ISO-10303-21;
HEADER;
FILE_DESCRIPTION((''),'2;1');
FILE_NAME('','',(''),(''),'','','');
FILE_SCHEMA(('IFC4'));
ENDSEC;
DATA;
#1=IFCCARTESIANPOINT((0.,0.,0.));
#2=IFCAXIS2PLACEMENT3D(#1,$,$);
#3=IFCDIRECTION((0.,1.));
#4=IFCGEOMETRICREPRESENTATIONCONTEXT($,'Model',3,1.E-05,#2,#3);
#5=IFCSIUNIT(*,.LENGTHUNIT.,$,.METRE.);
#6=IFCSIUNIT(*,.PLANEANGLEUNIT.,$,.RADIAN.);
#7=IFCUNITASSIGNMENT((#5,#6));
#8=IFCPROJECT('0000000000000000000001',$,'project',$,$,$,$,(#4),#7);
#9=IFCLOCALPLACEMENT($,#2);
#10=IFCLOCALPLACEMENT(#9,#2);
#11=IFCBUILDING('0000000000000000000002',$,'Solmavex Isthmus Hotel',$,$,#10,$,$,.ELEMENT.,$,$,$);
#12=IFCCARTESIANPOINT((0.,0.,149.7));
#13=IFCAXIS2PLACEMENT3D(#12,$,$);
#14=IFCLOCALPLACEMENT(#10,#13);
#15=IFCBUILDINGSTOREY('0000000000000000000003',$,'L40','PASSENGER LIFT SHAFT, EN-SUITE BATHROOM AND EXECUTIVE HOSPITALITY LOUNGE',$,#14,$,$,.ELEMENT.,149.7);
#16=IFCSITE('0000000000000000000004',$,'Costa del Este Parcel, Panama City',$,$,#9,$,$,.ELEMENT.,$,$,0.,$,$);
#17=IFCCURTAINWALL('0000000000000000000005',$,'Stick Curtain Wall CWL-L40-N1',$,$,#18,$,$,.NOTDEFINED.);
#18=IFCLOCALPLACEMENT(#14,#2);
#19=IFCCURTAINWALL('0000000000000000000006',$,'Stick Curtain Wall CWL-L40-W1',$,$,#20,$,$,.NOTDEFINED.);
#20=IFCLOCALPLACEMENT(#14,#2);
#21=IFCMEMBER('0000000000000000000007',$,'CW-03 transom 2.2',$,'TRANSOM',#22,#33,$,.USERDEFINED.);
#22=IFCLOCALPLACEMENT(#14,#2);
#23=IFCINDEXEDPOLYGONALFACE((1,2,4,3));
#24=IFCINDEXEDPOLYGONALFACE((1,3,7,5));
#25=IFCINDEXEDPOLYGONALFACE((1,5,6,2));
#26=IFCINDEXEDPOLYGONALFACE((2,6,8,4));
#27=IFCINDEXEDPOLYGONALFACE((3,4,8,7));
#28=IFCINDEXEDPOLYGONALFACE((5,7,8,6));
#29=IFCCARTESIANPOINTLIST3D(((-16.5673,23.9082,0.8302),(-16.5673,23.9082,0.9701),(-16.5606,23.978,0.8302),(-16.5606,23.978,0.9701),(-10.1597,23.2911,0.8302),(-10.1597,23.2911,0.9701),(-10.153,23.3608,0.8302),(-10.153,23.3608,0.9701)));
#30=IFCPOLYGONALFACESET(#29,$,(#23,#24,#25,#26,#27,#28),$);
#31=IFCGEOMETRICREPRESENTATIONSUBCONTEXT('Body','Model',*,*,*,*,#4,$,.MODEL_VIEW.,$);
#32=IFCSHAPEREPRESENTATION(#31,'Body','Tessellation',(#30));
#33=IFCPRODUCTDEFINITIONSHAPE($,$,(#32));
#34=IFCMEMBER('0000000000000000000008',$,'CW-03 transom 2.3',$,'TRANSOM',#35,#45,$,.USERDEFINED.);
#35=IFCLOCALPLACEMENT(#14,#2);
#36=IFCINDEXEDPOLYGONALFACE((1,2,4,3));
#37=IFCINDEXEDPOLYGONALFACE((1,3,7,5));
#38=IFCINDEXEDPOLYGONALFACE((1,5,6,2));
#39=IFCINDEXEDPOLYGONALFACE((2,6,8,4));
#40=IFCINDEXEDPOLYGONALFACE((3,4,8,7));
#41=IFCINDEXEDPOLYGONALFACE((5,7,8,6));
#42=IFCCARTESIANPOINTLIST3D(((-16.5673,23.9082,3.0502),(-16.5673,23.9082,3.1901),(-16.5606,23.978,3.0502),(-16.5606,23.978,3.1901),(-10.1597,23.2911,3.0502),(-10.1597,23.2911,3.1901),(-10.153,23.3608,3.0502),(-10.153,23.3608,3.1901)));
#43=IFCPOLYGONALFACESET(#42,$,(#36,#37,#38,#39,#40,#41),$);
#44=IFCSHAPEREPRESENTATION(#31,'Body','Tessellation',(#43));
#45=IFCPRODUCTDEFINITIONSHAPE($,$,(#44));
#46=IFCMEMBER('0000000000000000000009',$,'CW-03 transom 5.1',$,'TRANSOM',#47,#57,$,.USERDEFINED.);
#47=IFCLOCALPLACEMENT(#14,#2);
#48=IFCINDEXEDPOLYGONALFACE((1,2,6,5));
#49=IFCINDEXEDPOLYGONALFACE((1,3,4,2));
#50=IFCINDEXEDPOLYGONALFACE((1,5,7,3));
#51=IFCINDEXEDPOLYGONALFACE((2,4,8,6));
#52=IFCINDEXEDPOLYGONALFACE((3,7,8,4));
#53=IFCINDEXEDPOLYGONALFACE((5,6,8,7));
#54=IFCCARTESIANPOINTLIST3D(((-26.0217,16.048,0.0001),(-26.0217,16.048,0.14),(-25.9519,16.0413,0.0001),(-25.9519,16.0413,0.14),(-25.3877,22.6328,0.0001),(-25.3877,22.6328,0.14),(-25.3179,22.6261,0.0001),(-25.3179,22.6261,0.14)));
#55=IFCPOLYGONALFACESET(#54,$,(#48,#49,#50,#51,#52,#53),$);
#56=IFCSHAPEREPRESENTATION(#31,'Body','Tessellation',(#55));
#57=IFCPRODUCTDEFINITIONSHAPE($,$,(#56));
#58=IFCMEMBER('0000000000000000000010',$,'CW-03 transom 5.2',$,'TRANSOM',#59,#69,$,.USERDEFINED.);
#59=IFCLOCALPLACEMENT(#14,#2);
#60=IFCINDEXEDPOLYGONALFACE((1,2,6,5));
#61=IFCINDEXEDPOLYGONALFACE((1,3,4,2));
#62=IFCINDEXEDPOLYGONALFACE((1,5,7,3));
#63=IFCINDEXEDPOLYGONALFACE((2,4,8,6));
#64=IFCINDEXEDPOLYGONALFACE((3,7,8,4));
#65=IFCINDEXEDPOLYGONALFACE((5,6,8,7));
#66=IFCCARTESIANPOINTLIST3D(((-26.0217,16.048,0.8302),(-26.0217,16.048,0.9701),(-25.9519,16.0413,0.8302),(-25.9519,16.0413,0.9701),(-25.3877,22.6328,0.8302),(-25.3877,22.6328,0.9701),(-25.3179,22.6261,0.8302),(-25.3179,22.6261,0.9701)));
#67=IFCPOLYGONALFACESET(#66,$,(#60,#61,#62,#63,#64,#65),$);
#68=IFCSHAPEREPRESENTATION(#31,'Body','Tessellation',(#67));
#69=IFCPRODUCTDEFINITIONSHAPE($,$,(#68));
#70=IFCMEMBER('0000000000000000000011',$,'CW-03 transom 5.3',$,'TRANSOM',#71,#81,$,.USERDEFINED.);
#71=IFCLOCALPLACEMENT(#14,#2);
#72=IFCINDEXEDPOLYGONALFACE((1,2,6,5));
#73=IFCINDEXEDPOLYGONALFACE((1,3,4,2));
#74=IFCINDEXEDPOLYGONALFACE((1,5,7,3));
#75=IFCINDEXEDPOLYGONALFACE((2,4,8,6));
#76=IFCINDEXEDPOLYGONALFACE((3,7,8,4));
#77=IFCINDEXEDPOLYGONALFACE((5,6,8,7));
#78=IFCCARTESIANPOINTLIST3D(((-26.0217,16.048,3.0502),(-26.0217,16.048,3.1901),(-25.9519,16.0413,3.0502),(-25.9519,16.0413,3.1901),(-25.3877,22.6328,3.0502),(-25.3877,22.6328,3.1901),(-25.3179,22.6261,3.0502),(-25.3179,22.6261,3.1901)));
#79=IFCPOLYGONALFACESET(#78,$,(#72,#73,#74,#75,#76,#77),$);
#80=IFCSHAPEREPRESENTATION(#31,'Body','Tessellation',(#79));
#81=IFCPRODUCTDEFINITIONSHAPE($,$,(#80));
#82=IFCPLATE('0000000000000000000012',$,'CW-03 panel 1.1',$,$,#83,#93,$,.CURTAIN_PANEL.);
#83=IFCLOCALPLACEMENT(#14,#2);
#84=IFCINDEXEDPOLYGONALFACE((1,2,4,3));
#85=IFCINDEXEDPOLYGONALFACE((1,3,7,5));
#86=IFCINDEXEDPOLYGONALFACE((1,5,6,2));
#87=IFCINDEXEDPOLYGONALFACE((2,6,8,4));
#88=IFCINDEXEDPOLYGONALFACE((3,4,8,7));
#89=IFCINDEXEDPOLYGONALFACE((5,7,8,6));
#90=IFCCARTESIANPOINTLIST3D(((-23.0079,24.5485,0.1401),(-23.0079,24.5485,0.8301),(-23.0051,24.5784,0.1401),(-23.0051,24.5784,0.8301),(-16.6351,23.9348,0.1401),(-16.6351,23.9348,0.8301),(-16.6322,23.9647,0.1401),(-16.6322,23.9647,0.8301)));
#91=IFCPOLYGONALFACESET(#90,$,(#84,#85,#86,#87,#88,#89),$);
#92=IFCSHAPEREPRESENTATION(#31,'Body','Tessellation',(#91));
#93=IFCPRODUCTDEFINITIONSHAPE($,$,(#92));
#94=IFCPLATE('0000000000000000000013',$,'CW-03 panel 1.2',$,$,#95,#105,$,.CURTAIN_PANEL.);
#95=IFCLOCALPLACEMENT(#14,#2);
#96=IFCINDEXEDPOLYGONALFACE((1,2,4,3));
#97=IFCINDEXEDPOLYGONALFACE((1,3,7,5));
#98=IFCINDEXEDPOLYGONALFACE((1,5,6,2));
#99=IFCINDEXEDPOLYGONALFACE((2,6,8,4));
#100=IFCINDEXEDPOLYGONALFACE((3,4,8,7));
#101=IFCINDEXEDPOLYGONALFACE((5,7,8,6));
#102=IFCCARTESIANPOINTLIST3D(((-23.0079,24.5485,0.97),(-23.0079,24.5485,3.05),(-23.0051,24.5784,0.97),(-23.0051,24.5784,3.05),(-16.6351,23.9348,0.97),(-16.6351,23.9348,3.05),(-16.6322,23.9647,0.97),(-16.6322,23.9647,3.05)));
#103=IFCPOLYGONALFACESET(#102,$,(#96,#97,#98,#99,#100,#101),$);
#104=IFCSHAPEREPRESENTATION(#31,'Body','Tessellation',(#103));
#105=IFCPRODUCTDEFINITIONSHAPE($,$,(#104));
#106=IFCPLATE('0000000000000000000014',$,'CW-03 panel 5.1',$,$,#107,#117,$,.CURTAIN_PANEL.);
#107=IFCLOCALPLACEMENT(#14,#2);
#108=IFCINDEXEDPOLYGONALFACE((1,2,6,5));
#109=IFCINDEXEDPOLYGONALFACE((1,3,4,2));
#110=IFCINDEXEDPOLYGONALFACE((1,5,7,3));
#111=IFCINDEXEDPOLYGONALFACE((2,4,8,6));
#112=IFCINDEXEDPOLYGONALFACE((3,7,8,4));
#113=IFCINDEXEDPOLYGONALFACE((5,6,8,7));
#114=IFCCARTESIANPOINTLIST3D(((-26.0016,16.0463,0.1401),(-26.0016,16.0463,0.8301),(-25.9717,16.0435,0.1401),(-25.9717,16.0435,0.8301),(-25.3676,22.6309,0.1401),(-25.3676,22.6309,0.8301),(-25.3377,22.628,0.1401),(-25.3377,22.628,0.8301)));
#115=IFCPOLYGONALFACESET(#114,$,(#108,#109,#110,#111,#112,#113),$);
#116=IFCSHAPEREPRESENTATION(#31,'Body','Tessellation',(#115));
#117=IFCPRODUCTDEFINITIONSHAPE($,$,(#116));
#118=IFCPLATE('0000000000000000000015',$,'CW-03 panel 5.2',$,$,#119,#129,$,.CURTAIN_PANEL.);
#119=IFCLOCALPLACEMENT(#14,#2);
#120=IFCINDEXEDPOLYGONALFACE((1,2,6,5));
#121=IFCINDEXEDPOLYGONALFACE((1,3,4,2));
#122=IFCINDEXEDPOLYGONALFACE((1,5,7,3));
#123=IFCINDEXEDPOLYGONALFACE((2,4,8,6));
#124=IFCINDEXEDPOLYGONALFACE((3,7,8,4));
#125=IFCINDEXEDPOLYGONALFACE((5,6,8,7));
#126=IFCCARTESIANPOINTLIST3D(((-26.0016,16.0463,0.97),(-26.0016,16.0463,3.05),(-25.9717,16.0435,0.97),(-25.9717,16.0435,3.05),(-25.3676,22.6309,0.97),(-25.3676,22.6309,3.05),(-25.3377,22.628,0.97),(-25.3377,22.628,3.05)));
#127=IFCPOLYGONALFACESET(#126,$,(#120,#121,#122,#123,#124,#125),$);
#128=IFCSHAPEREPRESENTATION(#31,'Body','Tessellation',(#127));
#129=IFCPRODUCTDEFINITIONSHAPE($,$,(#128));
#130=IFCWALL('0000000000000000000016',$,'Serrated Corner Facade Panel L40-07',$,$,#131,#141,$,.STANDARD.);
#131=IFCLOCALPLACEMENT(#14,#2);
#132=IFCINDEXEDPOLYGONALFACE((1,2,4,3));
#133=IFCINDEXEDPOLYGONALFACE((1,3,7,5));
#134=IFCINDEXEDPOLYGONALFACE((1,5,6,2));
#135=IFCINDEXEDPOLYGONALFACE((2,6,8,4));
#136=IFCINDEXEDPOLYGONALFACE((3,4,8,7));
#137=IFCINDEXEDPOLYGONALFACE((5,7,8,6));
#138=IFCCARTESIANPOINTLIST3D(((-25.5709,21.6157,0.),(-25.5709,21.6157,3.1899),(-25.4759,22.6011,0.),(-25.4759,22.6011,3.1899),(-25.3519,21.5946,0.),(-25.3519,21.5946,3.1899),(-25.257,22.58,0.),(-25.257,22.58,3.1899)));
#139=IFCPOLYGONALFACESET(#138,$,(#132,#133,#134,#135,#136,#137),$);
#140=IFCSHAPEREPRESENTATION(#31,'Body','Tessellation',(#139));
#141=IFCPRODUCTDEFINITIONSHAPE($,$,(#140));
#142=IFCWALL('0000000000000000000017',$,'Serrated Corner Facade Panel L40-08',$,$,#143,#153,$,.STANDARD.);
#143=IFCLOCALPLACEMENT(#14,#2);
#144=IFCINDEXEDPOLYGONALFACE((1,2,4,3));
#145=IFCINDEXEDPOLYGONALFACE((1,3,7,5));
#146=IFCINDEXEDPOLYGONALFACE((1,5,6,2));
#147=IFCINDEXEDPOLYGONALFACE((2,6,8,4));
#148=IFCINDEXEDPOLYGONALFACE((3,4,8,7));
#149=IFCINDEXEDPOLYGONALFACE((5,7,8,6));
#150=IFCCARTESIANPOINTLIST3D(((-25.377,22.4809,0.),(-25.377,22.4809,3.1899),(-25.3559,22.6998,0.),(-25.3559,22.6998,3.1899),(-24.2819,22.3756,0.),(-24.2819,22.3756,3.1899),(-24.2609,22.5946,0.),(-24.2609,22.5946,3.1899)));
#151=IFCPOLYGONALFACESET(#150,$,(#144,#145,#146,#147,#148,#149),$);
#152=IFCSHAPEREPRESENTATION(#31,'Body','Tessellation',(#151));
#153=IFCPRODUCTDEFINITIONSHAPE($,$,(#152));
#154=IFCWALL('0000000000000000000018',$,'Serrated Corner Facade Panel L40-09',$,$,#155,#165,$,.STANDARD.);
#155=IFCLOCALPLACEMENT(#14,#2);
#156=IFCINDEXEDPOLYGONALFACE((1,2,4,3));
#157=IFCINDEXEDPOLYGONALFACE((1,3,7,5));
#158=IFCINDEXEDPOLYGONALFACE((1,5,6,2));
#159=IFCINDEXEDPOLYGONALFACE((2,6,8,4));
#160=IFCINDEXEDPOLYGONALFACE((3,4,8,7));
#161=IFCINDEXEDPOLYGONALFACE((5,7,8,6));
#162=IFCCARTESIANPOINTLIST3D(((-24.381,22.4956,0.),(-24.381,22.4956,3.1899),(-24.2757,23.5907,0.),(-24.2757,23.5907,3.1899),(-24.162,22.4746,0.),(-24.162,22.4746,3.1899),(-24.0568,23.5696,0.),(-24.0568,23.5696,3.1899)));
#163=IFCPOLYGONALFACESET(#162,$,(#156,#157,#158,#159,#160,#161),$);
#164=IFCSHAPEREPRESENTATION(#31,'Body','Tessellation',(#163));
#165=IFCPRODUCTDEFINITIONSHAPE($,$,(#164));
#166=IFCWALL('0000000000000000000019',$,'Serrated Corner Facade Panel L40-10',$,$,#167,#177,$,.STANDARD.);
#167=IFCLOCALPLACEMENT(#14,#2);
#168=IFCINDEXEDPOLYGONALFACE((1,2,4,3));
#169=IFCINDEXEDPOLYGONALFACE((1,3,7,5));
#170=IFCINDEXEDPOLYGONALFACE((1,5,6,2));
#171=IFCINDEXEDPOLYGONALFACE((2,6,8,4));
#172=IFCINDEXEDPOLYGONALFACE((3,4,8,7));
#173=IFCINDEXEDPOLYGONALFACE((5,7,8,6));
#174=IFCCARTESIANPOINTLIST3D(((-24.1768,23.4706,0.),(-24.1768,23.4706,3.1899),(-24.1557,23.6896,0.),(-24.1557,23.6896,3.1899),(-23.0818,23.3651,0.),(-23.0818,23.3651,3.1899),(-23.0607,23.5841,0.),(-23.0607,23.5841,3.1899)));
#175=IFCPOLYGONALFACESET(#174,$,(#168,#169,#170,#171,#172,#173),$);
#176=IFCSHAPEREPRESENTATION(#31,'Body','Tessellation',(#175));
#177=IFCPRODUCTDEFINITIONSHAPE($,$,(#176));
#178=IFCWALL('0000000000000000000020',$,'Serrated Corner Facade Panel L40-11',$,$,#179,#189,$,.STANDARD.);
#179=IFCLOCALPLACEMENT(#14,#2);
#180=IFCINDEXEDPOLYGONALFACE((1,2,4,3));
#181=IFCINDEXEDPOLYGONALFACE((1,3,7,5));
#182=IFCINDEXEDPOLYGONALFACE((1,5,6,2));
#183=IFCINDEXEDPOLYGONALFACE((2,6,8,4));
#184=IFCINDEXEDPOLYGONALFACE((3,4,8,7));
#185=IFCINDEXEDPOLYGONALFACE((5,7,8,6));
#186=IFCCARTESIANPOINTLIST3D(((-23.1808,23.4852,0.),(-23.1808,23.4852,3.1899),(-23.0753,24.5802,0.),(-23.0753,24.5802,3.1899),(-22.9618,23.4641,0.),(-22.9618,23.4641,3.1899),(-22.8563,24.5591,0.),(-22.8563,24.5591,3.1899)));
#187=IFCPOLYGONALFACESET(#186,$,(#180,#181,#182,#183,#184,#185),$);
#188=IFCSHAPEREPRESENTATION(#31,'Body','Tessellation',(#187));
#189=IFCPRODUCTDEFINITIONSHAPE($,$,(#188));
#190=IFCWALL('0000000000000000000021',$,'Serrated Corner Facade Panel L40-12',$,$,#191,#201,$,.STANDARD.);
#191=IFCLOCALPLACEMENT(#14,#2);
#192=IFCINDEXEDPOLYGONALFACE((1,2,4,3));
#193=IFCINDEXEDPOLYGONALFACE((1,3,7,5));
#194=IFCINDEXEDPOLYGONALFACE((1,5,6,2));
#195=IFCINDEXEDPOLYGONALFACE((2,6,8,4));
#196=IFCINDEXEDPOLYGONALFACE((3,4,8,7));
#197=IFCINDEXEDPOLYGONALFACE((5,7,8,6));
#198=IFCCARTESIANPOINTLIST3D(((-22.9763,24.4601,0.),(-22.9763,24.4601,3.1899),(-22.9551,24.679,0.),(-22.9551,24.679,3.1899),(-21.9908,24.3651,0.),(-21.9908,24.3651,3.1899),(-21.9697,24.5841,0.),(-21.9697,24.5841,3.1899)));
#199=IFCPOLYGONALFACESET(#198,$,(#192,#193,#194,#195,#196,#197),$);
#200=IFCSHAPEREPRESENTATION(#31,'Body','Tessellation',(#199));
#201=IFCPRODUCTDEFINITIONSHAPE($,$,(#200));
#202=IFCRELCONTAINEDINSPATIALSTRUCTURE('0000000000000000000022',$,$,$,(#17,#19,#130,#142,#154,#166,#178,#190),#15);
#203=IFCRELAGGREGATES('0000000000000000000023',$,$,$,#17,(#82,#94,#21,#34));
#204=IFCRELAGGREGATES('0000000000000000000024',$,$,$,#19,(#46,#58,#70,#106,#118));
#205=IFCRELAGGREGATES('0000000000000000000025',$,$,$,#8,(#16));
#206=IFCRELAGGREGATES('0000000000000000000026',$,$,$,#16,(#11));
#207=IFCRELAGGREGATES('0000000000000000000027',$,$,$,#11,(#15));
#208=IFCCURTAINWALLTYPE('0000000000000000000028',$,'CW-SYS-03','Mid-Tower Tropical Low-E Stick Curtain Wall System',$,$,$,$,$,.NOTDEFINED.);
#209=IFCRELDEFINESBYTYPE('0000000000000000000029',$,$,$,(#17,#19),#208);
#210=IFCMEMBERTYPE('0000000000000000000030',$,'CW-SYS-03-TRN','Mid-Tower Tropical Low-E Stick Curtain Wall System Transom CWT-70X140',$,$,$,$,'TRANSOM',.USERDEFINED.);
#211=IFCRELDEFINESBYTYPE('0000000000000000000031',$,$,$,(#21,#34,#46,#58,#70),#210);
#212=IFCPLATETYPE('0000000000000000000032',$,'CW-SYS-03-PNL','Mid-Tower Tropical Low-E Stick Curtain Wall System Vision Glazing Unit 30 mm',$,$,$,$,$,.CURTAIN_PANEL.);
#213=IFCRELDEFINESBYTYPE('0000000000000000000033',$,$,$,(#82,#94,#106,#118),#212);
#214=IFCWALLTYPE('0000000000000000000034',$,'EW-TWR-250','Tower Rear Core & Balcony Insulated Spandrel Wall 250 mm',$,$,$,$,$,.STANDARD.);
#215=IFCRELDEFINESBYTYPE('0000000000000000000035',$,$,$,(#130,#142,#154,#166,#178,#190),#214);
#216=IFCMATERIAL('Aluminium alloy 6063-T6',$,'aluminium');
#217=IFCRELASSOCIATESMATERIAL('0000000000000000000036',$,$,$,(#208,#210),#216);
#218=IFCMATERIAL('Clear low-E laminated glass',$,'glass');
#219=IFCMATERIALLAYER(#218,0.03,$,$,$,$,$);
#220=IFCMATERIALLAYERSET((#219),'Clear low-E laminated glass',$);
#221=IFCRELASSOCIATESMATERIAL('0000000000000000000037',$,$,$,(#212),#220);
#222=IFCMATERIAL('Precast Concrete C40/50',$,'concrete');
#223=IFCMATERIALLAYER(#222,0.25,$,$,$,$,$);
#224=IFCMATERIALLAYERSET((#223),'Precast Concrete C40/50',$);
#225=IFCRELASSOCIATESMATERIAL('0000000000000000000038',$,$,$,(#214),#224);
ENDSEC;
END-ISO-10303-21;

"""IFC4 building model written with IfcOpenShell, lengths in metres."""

from ifc_helpers import new_model, si_unit, direction, frame, frame_2d, origin, origin_2d, place, context, subcontext, project, spatial, rectangle, extrude, material, layer, layer_set, material_profile, profile_set, type_object, element, aggregate, save


model = new_model("IFC4")

# Units and contexts
model_context = context("Model", 3, precision=1e-05, world=origin(), true_north=direction((0.0, 1.0)))
body_context = subcontext(model_context, "Body", "Model", "MODEL_VIEW")
ifc_project = project(units=[si_unit("LENGTHUNIT", "METRE"), si_unit("PLANEANGLEUNIT", "RADIAN")], contexts=[model_context])

# Site, building, storey
site_placement = place(None, origin())
site = spatial("IfcSite", under=ifc_project, at=site_placement, Name="Costa del Este Parcel, Panama City", CompositionType="ELEMENT", RefElevation=0.0)
building_placement = place(site_placement, origin())
building = spatial("IfcBuilding", under=site, at=building_placement, Name="Solmavex Isthmus Hotel", CompositionType="ELEMENT")
storey_placement = place(building_placement, frame((0.0, 0.0, 149.7)))
storey = spatial("IfcBuildingStorey", under=building, at=storey_placement, Name="L40", Description="PASSENGER LIFT SHAFT, EN-SUITE BATHROOM AND EXECUTIVE HOSPITALITY LOUNGE", CompositionType="ELEMENT", Elevation=149.7)

# Curtain wall
ifc_material_1 = material(Name="Aluminium alloy 6063-T6", Category="aluminium")
curtain_wall_type = type_object("IfcCurtainWallType", Name="CW-SYS-03", Description="Mid-Tower Tropical Low-E Stick Curtain Wall System", PredefinedType="NOTDEFINED", material=ifc_material_1)
curtain_wall_1_placement = place(storey_placement, origin())
curtain_wall_1 = element("IfcCurtainWall", 1, at=curtain_wall_1_placement, inside=storey, type_object=curtain_wall_type, Name="Stick Curtain Wall CWL-L40-N1", PredefinedType="NOTDEFINED")

# Curtain wall
curtain_wall_2_placement = place(storey_placement, origin())
curtain_wall_2 = element("IfcCurtainWall", 2, at=curtain_wall_2_placement, inside=storey, type_object=curtain_wall_type, Name="Stick Curtain Wall CWL-L40-W1", PredefinedType="NOTDEFINED")

# Members
ifc_material_profile_1 = material_profile(ifc_material_1, rectangle(XDim=0.0701, YDim=0.1399, at=origin_2d()), Name="CWT-70X140")
ifc_profile_set_1 = profile_set([ifc_material_profile_1], Name="Aluminium alloy 6063-T6")
member_type_1 = type_object("IfcMemberType", Name="CW-SYS-03-TRN", Description="Mid-Tower Tropical Low-E Stick Curtain Wall System Transom CWT-70X140", ElementType="TRANSOM", PredefinedType="USERDEFINED", material=ifc_profile_set_1)
member_1_placement = place(storey_placement, frame((-16.564, 23.9431, 0.9001), z_axis=(0.995393, -0.095876, 0.0), x_axis=(0.095876, 0.995393, 0.0)))
member_1 = element("IfcMember", 3, at=member_1_placement, type_object=member_type_1, Name="CW-03 transom 2.2", ObjectType="TRANSOM", PredefinedType="USERDEFINED", context=body_context, shape_type="SweptSolid", body=[
    extrude(rectangle(XDim=0.0701, YDim=0.1399, at=origin_2d()), origin(), (0.0, 0.0, 1.0), 6.4373),
])
member_2_placement = place(storey_placement, frame((-16.564, 23.9431, 3.1201), z_axis=(0.995393, -0.095876, 0.0), x_axis=(0.095876, 0.995393, 0.0)))
member_2 = element("IfcMember", 4, at=member_2_placement, type_object=member_type_1, Name="CW-03 transom 2.3", ObjectType="TRANSOM", PredefinedType="USERDEFINED", context=body_context, shape_type="SweptSolid", body=[
    extrude(rectangle(XDim=0.0701, YDim=0.1399, at=origin_2d()), origin(), (0.0, 0.0, 1.0), 6.4373),
])
member_3_placement = place(storey_placement, frame((-25.9868, 16.0447, 0.0701), z_axis=(0.095845, 0.995396, 0.0), x_axis=(-0.995396, 0.095845, 0.0)))
member_3 = element("IfcMember", 5, at=member_3_placement, type_object=member_type_1, Name="CW-03 transom 5.1", ObjectType="TRANSOM", PredefinedType="USERDEFINED", context=body_context, shape_type="SweptSolid", body=[
    extrude(rectangle(XDim=0.0701, YDim=0.1399, at=origin_2d()), origin(), (0.0, 0.0, 1.0), 6.6152),
])
member_4_placement = place(storey_placement, frame((-25.9868, 16.0447, 0.9001), z_axis=(0.095845, 0.995396, 0.0), x_axis=(-0.995396, 0.095845, 0.0)))
member_4 = element("IfcMember", 6, at=member_4_placement, type_object=member_type_1, Name="CW-03 transom 5.2", ObjectType="TRANSOM", PredefinedType="USERDEFINED", context=body_context, shape_type="SweptSolid", body=[
    extrude(rectangle(XDim=0.0701, YDim=0.1399, at=origin_2d()), origin(), (0.0, 0.0, 1.0), 6.6152),
])
member_5_placement = place(storey_placement, frame((-25.9868, 16.0447, 3.1201), z_axis=(0.095845, 0.995396, 0.0), x_axis=(-0.995396, 0.095845, 0.0)))
member_5 = element("IfcMember", 7, at=member_5_placement, type_object=member_type_1, Name="CW-03 transom 5.3", ObjectType="TRANSOM", PredefinedType="USERDEFINED", context=body_context, shape_type="SweptSolid", body=[
    extrude(rectangle(XDim=0.0701, YDim=0.1399, at=origin_2d()), origin(), (0.0, 0.0, 1.0), 6.6152),
])

# Plates
ifc_material_2 = material(Name="Clear low-E laminated glass", Category="glass")
ifc_layer_1 = layer(ifc_material_2, 0.03)
ifc_layer_set_1 = layer_set([ifc_layer_1], Name="Clear low-E laminated glass")
plate_type = type_object("IfcPlateType", Name="CW-SYS-03-PNL", Description="Mid-Tower Tropical Low-E Stick Curtain Wall System Vision Glazing Unit 30 mm", PredefinedType="CURTAIN_PANEL", material=ifc_layer_set_1)
plate_1_placement = place(storey_placement, frame((-19.8201, 24.2566, 0.1401), z_axis=(0.0, 0.0, 1.0), x_axis=(0.995396, -0.095846, 0.0)))
plate_1 = element("IfcPlate", 8, at=plate_1_placement, type_object=plate_type, Name="CW-03 panel 1.1", PredefinedType="CURTAIN_PANEL", context=body_context, shape_type="SweptSolid", body=[
    extrude(rectangle(XDim=6.4023, YDim=0.03, at=origin_2d()), origin(), (0.0, 0.0, 1.0), 0.6899),
])
plate_2_placement = place(storey_placement, frame((-19.8201, 24.2566, 0.97), z_axis=(0.0, 0.0, 1.0), x_axis=(0.995396, -0.095846, 0.0)))
plate_2 = element("IfcPlate", 9, at=plate_2_placement, type_object=plate_type, Name="CW-03 panel 1.2", PredefinedType="CURTAIN_PANEL", context=body_context, shape_type="SweptSolid", body=[
    extrude(rectangle(XDim=6.4023, YDim=0.03, at=origin_2d()), origin(), (0.0, 0.0, 1.0), 2.0801),
])
aggregate(curtain_wall_1, [plate_1, plate_2, member_1, member_2])
plate_3_placement = place(storey_placement, frame((-25.6697, 19.3372, 0.1401), z_axis=(0.0, 0.0, 1.0), x_axis=(0.095846, 0.995396, 0.0)))
plate_3 = element("IfcPlate", 10, at=plate_3_placement, type_object=plate_type, Name="CW-03 panel 5.1", PredefinedType="CURTAIN_PANEL", context=body_context, shape_type="SweptSolid", body=[
    extrude(rectangle(XDim=6.615, YDim=0.03, at=origin_2d()), origin(), (0.0, 0.0, 1.0), 0.6899),
])
plate_4_placement = place(storey_placement, frame((-25.6697, 19.3372, 0.97), z_axis=(0.0, 0.0, 1.0), x_axis=(0.095846, 0.995396, 0.0)))
plate_4 = element("IfcPlate", 11, at=plate_4_placement, type_object=plate_type, Name="CW-03 panel 5.2", PredefinedType="CURTAIN_PANEL", context=body_context, shape_type="SweptSolid", body=[
    extrude(rectangle(XDim=6.615, YDim=0.03, at=origin_2d()), origin(), (0.0, 0.0, 1.0), 2.0801),
])
aggregate(curtain_wall_2, [member_3, member_4, member_5, plate_3, plate_4])

# Walls
ifc_material_3 = material(Name="Precast Concrete C40/50", Category="concrete")
ifc_layer_2 = layer(ifc_material_3, 0.25)
ifc_layer_set_2 = layer_set([ifc_layer_2], Name="Precast Concrete C40/50")
wall_type = type_object("IfcWallType", Name="EW-TWR-250", Description="Tower Rear Core & Balcony Insulated Spandrel Wall 250 mm", PredefinedType="STANDARD", material=ifc_layer_set_2)
wall_1_placement = place(storey_placement, frame((-25.4614, 21.605, 0.0), z_axis=(0.0, 0.0, 1.0), x_axis=(0.095938, 0.995387, 0.0)))
element("IfcWall", 12, at=wall_1_placement, inside=storey, type_object=wall_type, Name="Serrated Corner Facade Panel L40-07", PredefinedType="STANDARD", context=body_context, shape_type="SweptSolid", body=[
    extrude(rectangle(XDim=0.99, YDim=0.22, at=frame_2d((0.4951, 0.0))), origin(), (0.0, 0.0, 1.0), 3.1899),
])
for number, where, z_axis, x_axis, name in (
    (13, (-25.3665, 22.5903, 0.0), (0.0, 0.0, 1.0), (0.995414, -0.095657, 0.0), "Serrated Corner Facade Panel L40-08"),
    (14, (-24.2715, 22.4851, 0.0), (0.0, 0.0, 1.0), (0.095657, 0.995414, 0.0), "Serrated Corner Facade Panel L40-09"),
    (15, (-24.1663, 23.5801, 0.0), (0.0, 0.0, 1.0), (0.995393, -0.095877, 0.0), "Serrated Corner Facade Panel L40-10"),
    (16, (-23.0713, 23.4746, 0.0), (0.0, 0.0, 1.0), (0.095877, 0.995393, 0.0), "Serrated Corner Facade Panel L40-11"),
):
    element("IfcWall", number, at=place(storey_placement, frame(where, z_axis=z_axis, x_axis=x_axis)), inside=storey, type_object=wall_type, Name=name, PredefinedType="STANDARD", context=body_context, shape_type="SweptSolid", body=[
        extrude(rectangle(XDim=1.1001, YDim=0.22, at=frame_2d((0.55, 0.0))), origin(), (0.0, 0.0, 1.0), 3.1899),
    ])
wall_2_placement = place(storey_placement, frame((-22.9658, 24.5696, 0.0), z_axis=(0.0, 0.0, 1.0), x_axis=(0.995387, -0.095938, 0.0)))
element("IfcWall", 17, at=wall_2_placement, inside=storey, type_object=wall_type, Name="Serrated Corner Facade Panel L40-12", PredefinedType="STANDARD", context=body_context, shape_type="SweptSolid", body=[
    extrude(rectangle(XDim=0.99, YDim=0.22, at=frame_2d((0.4951, 0.0))), origin(), (0.0, 0.0, 1.0), 3.1899),
])

save(model, "model.ifc")
